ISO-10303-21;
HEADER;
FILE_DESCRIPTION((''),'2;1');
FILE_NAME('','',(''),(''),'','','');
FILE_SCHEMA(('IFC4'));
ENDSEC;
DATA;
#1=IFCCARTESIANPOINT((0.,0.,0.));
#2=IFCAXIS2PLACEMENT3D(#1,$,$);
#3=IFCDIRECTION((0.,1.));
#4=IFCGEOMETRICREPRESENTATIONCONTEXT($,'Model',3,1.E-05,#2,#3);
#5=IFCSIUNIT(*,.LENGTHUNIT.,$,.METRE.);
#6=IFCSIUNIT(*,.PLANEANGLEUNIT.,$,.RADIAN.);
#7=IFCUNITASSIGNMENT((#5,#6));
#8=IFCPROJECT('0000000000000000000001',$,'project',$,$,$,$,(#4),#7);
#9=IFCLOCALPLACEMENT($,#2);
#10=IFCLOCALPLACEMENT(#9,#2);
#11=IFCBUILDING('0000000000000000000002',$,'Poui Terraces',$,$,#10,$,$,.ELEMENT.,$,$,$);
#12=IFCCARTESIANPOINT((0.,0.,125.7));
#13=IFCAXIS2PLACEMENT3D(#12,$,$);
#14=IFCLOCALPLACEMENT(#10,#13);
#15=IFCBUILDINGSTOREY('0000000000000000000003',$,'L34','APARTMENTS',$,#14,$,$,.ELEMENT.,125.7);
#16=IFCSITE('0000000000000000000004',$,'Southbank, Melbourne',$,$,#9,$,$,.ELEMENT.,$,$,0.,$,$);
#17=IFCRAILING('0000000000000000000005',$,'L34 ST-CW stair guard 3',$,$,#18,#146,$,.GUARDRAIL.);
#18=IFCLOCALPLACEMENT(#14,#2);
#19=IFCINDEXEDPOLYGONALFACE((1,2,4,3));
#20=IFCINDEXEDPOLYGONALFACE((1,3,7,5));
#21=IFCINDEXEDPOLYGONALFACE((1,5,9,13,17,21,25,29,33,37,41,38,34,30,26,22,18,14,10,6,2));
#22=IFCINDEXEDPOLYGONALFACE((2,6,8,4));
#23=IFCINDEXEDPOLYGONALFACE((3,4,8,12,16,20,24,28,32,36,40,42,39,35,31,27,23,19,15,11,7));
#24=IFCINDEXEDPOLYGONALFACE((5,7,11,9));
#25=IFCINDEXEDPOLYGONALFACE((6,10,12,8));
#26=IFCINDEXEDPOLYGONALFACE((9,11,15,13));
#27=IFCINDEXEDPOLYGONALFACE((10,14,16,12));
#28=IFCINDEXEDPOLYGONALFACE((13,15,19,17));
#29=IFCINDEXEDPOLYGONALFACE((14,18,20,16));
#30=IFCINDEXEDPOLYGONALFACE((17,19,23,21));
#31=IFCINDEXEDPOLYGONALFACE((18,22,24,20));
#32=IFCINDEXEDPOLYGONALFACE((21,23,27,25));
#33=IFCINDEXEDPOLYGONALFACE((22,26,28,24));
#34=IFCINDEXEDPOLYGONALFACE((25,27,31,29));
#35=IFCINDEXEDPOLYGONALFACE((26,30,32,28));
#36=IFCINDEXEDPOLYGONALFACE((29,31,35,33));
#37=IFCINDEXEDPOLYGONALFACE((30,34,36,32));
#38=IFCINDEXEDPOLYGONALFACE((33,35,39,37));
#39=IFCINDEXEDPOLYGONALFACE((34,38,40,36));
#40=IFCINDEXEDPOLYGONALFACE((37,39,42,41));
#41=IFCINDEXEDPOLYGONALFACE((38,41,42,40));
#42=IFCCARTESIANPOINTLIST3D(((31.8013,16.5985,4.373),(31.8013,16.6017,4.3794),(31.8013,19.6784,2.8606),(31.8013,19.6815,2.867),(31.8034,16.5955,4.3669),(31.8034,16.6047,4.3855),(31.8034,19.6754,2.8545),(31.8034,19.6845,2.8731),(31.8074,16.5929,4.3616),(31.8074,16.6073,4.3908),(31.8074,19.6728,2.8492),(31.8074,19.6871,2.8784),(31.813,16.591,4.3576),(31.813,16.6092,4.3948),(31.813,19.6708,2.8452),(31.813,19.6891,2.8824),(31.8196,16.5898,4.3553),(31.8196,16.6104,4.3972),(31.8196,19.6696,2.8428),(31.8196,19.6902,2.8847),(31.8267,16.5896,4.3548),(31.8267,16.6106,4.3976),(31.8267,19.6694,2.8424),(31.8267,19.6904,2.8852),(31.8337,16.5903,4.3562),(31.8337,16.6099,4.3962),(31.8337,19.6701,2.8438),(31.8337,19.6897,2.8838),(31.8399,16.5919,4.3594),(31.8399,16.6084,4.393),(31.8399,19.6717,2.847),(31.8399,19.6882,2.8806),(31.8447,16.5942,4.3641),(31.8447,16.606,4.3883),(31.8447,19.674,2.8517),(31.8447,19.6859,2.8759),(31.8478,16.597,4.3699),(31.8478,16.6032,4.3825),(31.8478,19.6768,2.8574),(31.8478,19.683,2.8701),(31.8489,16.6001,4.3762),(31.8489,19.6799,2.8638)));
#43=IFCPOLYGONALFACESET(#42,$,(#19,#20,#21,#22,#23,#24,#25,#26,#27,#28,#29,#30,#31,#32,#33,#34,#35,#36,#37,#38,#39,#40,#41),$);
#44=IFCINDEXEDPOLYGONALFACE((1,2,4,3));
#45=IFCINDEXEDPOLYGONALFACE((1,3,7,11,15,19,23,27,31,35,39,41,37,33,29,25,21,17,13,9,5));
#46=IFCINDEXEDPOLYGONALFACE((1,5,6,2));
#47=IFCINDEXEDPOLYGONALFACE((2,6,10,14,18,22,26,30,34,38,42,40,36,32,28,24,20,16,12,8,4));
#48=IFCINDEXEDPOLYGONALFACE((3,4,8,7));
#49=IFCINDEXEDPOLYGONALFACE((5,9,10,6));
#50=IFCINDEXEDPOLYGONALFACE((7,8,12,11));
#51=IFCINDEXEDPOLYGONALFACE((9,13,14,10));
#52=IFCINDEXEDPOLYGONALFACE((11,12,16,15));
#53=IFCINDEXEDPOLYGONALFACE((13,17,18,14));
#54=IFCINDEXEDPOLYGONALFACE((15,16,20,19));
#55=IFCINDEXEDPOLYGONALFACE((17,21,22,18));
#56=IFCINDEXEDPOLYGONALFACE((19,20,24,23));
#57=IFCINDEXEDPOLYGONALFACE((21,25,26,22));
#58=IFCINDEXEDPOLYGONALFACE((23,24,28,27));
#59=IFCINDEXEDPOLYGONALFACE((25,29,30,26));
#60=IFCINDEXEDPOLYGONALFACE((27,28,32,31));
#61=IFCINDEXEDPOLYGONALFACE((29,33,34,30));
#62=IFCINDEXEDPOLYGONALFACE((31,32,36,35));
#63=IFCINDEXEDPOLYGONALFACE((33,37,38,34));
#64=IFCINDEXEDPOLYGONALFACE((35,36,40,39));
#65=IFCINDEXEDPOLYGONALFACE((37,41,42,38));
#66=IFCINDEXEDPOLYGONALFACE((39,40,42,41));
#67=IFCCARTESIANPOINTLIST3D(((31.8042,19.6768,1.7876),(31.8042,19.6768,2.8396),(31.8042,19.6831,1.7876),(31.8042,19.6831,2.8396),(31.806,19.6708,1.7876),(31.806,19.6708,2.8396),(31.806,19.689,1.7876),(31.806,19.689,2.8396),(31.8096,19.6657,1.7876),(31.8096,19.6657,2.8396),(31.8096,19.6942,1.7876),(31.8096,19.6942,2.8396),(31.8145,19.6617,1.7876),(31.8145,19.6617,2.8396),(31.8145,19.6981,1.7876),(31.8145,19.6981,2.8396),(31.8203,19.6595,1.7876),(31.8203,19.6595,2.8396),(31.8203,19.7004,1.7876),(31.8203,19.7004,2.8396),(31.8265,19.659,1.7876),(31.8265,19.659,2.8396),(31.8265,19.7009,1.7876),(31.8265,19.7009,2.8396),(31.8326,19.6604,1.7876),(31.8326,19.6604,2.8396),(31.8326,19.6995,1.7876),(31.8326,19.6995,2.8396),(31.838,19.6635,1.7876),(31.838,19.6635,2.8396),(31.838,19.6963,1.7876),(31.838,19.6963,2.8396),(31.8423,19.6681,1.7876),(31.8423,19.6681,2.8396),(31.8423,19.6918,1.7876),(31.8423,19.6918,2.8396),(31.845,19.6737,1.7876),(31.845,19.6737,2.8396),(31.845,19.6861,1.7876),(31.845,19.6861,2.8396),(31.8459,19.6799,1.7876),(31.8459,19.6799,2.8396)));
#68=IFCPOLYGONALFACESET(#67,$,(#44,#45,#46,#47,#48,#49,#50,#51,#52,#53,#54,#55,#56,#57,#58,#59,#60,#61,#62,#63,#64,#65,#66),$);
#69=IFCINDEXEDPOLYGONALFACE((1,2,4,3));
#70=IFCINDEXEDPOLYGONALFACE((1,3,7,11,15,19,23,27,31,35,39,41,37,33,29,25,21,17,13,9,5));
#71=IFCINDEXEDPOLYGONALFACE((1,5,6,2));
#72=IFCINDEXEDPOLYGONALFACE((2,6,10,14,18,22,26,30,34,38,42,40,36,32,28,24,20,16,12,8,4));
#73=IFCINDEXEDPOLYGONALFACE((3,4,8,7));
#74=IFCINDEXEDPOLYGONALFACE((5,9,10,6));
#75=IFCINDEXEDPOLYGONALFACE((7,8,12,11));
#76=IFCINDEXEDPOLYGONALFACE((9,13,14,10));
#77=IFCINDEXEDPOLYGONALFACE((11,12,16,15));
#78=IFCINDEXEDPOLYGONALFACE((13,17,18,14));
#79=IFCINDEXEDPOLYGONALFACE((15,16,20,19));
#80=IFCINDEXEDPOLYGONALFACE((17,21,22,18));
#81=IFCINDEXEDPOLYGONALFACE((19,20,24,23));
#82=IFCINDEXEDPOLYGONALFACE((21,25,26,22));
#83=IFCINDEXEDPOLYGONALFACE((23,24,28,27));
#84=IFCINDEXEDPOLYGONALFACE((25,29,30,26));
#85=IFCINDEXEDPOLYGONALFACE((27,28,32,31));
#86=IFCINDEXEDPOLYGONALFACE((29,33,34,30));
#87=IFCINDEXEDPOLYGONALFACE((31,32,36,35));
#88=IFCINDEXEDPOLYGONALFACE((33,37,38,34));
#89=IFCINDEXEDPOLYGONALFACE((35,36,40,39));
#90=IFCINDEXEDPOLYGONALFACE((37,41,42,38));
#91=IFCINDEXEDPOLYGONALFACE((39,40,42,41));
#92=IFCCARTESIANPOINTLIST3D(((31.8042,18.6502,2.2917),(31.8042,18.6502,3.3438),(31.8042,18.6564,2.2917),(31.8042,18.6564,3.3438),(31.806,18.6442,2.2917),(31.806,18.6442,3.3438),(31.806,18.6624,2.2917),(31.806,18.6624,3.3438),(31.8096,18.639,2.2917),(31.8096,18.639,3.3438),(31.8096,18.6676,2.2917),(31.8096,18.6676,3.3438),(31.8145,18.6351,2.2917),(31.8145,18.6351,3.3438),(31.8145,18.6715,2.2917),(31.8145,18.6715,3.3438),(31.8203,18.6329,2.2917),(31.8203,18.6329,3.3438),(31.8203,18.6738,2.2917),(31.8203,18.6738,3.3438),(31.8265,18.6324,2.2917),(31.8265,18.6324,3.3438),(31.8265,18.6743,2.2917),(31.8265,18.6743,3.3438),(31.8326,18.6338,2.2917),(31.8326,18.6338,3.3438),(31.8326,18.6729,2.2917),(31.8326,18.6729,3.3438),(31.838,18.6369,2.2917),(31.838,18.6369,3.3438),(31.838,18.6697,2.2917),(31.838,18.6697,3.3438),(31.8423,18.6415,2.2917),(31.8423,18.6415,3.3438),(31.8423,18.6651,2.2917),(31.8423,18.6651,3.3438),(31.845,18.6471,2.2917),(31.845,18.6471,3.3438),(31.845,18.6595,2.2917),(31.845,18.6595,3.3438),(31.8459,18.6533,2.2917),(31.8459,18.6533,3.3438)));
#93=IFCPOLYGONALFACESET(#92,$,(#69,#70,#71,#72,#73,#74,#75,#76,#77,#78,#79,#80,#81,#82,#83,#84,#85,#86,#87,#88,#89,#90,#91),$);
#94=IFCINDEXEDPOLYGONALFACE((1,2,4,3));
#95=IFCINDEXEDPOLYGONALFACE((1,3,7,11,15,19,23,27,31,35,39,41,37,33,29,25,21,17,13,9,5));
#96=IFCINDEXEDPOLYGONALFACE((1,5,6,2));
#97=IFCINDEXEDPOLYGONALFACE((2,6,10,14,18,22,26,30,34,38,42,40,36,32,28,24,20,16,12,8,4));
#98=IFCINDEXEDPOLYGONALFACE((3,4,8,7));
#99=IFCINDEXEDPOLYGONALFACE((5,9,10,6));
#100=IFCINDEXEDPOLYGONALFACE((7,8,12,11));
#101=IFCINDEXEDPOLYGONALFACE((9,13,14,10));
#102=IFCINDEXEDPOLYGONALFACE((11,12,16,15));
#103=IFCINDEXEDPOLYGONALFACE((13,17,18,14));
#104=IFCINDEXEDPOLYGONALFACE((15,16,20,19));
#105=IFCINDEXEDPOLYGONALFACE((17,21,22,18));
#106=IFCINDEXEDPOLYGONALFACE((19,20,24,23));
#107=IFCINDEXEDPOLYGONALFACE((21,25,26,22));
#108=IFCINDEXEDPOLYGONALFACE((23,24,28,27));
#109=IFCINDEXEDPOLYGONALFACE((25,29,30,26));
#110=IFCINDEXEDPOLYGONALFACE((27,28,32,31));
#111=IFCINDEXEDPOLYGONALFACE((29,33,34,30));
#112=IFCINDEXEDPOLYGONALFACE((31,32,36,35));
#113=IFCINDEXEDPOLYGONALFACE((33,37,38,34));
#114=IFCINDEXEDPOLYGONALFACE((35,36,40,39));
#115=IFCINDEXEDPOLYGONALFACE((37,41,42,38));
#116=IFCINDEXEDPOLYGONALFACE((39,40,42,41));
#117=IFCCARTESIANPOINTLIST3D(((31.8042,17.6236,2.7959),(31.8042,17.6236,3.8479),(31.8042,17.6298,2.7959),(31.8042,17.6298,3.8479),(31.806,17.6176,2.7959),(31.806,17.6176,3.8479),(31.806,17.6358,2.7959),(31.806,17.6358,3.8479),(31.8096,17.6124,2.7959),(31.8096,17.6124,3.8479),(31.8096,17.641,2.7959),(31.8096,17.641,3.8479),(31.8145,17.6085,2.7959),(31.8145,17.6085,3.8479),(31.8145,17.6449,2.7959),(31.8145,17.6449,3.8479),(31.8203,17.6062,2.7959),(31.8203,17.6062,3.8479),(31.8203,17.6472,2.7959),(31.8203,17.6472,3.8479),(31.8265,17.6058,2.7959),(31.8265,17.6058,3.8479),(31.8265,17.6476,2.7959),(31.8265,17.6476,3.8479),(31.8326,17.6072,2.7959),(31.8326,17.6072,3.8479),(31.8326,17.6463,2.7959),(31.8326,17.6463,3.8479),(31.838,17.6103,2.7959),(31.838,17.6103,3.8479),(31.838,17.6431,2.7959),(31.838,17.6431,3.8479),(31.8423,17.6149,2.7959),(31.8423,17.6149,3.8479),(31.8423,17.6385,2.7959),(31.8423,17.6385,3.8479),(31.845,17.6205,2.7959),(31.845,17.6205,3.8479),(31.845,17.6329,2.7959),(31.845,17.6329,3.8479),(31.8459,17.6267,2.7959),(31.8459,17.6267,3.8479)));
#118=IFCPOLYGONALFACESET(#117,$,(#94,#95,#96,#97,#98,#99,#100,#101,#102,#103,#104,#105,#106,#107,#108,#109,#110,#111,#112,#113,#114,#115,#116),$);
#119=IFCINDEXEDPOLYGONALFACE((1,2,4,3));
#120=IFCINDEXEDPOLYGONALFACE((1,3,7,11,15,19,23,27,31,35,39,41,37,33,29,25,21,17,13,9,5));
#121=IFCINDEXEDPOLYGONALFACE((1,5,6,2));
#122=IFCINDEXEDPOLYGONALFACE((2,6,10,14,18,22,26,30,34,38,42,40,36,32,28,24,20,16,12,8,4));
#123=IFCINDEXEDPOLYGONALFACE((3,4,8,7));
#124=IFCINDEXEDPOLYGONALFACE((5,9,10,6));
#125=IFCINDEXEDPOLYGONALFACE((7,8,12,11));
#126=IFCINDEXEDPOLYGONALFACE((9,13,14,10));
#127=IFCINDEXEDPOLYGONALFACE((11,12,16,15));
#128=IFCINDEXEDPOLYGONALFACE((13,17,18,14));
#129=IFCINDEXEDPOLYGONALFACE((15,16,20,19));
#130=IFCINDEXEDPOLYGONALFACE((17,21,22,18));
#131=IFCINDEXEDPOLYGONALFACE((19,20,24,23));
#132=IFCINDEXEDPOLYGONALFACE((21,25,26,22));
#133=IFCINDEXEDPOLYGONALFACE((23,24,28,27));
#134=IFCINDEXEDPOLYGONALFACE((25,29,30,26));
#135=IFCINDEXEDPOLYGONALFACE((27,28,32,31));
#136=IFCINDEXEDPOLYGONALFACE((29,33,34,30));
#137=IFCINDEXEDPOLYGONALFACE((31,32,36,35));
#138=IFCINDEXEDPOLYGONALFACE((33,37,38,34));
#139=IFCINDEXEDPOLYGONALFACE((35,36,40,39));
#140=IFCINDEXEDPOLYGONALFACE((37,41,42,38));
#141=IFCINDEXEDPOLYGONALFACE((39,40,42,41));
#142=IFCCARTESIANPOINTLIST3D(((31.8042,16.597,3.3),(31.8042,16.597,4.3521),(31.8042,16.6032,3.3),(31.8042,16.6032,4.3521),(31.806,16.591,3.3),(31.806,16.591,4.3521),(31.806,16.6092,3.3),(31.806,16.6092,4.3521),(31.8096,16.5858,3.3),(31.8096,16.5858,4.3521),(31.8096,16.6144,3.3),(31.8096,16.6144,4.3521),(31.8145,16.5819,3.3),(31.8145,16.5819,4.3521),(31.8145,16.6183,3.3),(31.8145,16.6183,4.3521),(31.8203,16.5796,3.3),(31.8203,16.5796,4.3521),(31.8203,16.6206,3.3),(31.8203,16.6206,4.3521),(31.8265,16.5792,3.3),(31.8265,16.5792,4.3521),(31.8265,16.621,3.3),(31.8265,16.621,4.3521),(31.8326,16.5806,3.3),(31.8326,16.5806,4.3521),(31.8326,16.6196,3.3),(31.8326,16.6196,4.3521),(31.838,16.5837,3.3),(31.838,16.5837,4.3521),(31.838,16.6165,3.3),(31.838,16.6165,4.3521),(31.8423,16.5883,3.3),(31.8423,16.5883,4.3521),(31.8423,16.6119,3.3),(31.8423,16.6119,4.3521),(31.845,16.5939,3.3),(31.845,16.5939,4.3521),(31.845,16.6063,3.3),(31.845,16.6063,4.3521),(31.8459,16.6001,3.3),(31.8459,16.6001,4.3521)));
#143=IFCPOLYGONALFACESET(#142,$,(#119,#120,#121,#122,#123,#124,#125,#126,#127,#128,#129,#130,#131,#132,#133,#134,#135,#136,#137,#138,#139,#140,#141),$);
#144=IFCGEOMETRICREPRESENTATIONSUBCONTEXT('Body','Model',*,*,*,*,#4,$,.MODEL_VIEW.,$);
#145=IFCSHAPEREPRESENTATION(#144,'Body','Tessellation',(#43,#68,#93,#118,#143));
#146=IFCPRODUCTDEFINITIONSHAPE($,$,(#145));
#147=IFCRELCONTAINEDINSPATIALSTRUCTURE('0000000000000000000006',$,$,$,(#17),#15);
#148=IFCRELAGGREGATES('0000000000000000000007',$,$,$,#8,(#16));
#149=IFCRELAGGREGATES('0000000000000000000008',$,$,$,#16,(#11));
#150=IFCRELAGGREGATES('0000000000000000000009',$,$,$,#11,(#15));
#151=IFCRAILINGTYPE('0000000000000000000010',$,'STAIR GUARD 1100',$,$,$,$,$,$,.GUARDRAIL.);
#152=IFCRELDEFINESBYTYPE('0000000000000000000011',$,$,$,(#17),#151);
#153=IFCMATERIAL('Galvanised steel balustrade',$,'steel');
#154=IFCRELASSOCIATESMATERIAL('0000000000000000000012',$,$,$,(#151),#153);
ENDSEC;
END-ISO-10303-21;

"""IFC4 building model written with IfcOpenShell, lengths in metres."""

from ifc_helpers import new_model, si_unit, direction, frame, origin, origin_2d, place, context, subcontext, project, spatial, circle, extrude, material, type_object, element, save


model = new_model("IFC4")

# Units and contexts
model_context = context("Model", 3, precision=1e-05, world=origin(), true_north=direction((0.0, 1.0)))
body_context = subcontext(model_context, "Body", "Model", "MODEL_VIEW")
ifc_project = project(units=[si_unit("LENGTHUNIT", "METRE"), si_unit("PLANEANGLEUNIT", "RADIAN")], contexts=[model_context])

# Site, building, storey
site_placement = place(None, origin())
site = spatial("IfcSite", under=ifc_project, at=site_placement, Name="Southbank, Melbourne", CompositionType="ELEMENT", RefElevation=0.0)
building_placement = place(site_placement, origin())
building = spatial("IfcBuilding", under=site, at=building_placement, Name="Poui Terraces", CompositionType="ELEMENT")
storey_placement = place(building_placement, frame((0.0, 0.0, 125.7)))
storey = spatial("IfcBuildingStorey", under=building, at=storey_placement, Name="L34", Description="APARTMENTS", CompositionType="ELEMENT", Elevation=125.7)

# Railing
ifc_material_1 = material(Name="Galvanised steel balustrade", Category="steel")
railing_type_1 = type_object("IfcRailingType", Name="STAIR GUARD 1100", PredefinedType="GUARDRAIL", material=ifc_material_1)
railing_1_placement = place(storey_placement, frame((31.825, 19.6799, 1.7876)))
element("IfcRailing", 1, at=railing_1_placement, inside=storey, type_object=railing_type_1, Name="L34 ST-CW stair guard 3", PredefinedType="GUARDRAIL", context=body_context, shape_type="SweptSolid", body=[
    extrude(circle(Radius=0.0239, at=origin_2d()), frame((0.0, 0.0, 1.0762), z_axis=(0.0, -0.897606, 0.440798), x_axis=(1.0, 0.0, 0.0)), (0.0, 0.0, 1.0), 3.4312),
    extrude(circle(Radius=0.021, at=origin_2d()), origin(), (0.0, 0.0, 1.0), 1.052),
    extrude(circle(Radius=0.021, at=origin_2d()), frame((0.0, -1.0266, 0.5042)), (0.0, 0.0, 1.0), 1.052),
    extrude(circle(Radius=0.021, at=origin_2d()), frame((0.0, -2.0532, 1.0083)), (0.0, 0.0, 1.0), 1.052),
    extrude(circle(Radius=0.021, at=origin_2d()), frame((0.0, -3.0798, 1.5125)), (0.0, 0.0, 1.0), 1.052),
])

save(model, "model.ifc")
